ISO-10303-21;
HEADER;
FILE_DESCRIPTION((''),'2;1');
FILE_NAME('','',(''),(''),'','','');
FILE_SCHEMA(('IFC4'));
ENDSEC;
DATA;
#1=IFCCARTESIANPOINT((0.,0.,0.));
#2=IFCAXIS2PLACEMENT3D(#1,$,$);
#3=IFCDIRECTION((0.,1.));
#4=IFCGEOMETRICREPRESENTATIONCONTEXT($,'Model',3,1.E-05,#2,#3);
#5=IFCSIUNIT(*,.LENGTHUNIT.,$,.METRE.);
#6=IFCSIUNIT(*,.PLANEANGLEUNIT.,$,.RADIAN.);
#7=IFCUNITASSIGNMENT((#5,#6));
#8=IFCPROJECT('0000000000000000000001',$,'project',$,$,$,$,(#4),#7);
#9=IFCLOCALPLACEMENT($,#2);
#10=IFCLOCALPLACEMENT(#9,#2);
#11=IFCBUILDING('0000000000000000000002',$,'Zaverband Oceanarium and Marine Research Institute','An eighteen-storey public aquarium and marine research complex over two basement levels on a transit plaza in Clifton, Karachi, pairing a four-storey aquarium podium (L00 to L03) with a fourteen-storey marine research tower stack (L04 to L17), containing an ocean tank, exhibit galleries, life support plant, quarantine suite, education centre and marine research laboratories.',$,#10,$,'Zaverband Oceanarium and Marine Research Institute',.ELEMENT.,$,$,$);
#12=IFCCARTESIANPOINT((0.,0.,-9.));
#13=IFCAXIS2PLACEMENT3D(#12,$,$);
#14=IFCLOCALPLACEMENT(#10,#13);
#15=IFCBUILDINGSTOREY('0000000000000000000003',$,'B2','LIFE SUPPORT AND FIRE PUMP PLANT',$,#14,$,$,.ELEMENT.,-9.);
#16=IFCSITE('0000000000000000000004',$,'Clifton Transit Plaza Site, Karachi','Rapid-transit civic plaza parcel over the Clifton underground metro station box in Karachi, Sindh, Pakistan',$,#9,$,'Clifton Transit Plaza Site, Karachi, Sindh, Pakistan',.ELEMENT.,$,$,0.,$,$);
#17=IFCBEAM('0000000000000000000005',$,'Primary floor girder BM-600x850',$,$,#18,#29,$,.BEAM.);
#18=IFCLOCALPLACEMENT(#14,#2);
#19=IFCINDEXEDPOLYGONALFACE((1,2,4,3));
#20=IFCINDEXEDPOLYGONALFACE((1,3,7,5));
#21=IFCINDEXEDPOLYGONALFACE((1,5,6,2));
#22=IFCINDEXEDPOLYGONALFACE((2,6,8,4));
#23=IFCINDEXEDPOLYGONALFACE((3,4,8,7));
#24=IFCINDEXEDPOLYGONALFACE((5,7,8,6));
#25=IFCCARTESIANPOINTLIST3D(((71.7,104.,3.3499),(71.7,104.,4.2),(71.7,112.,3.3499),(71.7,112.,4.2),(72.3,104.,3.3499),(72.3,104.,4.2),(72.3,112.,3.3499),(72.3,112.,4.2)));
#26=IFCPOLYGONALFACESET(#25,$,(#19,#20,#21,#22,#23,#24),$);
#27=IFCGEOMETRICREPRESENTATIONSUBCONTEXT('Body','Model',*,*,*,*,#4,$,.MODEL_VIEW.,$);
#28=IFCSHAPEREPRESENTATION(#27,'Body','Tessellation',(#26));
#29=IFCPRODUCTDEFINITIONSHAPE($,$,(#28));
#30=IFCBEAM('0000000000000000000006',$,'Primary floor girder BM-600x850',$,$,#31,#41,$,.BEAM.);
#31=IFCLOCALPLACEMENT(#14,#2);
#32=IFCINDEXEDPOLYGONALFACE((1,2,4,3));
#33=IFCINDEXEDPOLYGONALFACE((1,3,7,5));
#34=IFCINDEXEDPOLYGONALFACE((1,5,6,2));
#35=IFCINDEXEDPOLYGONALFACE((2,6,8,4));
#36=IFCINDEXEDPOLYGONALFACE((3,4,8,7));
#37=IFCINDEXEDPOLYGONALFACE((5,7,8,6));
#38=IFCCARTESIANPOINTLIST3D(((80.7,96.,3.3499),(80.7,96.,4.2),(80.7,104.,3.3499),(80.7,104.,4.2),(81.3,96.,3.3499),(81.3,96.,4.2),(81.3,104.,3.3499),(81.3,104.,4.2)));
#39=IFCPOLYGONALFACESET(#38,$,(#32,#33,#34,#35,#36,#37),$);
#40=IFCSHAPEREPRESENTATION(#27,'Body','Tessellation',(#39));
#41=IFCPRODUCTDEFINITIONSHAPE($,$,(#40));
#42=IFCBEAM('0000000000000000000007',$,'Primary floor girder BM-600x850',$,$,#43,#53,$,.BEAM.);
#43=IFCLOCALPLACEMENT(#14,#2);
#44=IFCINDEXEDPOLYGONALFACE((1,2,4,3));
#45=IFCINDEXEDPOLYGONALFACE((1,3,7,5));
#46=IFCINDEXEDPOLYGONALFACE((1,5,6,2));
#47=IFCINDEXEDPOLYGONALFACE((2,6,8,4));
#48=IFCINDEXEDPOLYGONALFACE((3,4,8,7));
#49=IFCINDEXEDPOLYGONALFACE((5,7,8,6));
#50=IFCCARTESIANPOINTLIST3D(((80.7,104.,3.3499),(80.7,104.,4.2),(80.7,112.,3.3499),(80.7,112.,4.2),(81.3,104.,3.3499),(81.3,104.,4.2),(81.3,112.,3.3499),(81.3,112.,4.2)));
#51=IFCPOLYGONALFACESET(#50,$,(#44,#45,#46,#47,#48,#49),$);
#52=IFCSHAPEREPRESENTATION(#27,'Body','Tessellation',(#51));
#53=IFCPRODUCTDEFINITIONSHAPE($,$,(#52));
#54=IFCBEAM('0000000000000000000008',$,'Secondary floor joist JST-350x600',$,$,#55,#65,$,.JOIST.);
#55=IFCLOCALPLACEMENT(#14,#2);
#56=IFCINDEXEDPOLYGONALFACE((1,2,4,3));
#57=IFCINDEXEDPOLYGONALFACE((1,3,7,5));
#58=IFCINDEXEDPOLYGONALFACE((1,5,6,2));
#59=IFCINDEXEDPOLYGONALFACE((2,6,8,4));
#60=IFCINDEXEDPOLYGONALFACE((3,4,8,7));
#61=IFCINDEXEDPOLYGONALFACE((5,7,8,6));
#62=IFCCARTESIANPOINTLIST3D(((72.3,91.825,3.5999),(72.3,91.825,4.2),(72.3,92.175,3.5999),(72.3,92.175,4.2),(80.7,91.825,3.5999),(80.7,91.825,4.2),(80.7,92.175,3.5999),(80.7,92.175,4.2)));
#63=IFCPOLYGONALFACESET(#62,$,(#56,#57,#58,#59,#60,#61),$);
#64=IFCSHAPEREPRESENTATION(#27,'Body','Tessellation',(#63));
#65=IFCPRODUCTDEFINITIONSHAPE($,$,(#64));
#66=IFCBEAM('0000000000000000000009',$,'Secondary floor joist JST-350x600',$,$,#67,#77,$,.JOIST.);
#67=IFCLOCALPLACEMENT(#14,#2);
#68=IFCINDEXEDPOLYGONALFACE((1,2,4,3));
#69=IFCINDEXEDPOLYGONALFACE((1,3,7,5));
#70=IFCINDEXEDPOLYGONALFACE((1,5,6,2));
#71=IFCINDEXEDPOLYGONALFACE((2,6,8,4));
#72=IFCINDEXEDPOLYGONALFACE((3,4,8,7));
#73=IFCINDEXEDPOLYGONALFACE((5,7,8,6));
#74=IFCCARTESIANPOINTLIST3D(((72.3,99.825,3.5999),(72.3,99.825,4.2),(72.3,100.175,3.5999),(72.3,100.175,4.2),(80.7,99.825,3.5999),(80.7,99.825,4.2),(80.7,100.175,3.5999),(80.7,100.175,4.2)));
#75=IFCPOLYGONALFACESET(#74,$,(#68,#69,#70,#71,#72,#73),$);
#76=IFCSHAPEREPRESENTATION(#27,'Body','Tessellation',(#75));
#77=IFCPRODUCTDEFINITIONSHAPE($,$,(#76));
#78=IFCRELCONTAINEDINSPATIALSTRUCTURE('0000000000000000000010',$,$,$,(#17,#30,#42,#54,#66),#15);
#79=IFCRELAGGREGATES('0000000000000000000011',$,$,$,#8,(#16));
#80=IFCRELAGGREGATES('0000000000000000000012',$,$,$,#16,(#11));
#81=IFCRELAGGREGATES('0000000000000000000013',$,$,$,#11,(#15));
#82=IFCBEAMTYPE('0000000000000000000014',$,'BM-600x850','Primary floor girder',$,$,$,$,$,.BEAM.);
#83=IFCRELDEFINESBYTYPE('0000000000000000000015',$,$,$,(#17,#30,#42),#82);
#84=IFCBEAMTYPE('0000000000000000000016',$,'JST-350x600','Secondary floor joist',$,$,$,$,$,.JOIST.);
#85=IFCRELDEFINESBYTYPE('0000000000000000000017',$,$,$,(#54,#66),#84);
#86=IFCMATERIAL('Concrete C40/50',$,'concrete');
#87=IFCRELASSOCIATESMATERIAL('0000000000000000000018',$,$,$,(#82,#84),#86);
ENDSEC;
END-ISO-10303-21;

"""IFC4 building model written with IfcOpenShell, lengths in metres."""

from ifc_helpers import new_model, si_unit, direction, frame, origin, origin_2d, place, context, subcontext, project, spatial, rectangle, extrude, material, material_profile, profile_set, type_object, element, save


model = new_model("IFC4")

# Units and contexts
model_context = context("Model", 3, precision=1e-05, world=origin(), true_north=direction((0.0, 1.0)))
body_context = subcontext(model_context, "Body", "Model", "MODEL_VIEW")
ifc_project = project(units=[si_unit("LENGTHUNIT", "METRE"), si_unit("PLANEANGLEUNIT", "RADIAN")], contexts=[model_context])

# Site, building, storey
site_placement = place(None, origin())
site = spatial("IfcSite", under=ifc_project, at=site_placement, Name="Clifton Transit Plaza Site, Karachi", Description="Rapid-transit civic plaza parcel over the Clifton underground metro station box in Karachi, Sindh, Pakistan", LongName="Clifton Transit Plaza Site, Karachi, Sindh, Pakistan", CompositionType="ELEMENT", RefElevation=0.0)
building_placement = place(site_placement, origin())
building = spatial("IfcBuilding", under=site, at=building_placement, Name="Zaverband Oceanarium and Marine Research Institute", Description="An eighteen-storey public aquarium and marine research complex over two basement levels on a transit plaza in Clifton, Karachi, pairing a four-storey aquarium podium (L00 to L03) with a fourteen-storey marine research tower stack (L04 to L17), containing an ocean tank, exhibit galleries, life support plant, quarantine suite, education centre and marine research laboratories.", LongName="Zaverband Oceanarium and Marine Research Institute", CompositionType="ELEMENT")
storey_placement = place(building_placement, frame((0.0, 0.0, -9.0)))
storey = spatial("IfcBuildingStorey", under=building, at=storey_placement, Name="B2", Description="LIFE SUPPORT AND FIRE PUMP PLANT", CompositionType="ELEMENT", Elevation=-9.0)

# Beams
ifc_material_1 = material(Name="Concrete C40/50", Category="concrete")
ifc_material_profile_1 = material_profile(ifc_material_1, rectangle(XDim=0.6001, YDim=0.8501, at=origin_2d()), Name="RC600x850")
ifc_profile_set_1 = profile_set([ifc_material_profile_1], Name="Concrete C40/50")
beam_type_1 = type_object("IfcBeamType", Name="BM-600x850", Description="Primary floor girder", PredefinedType="BEAM", material=ifc_profile_set_1)
for number, where, z_axis, x_axis, name in (
    (1, (72.0, 104.0, 3.7749), (0.0, 1.0, 0.0), (-1.0, 0.0, 0.0), "Primary floor girder BM-600x850"),
    (2, (81.0, 96.0, 3.7749), (0.0, 1.0, 0.0), (-1.0, 0.0, 0.0), "Primary floor girder BM-600x850"),
    (3, (81.0, 104.0, 3.7749), (0.0, 1.0, 0.0), (-1.0, 0.0, 0.0), "Primary floor girder BM-600x850"),
):
    element("IfcBeam", number, at=place(storey_placement, frame(where, z_axis=z_axis, x_axis=x_axis)), inside=storey, type_object=beam_type_1, Name=name, PredefinedType="BEAM", context=body_context, shape_type="SweptSolid", body=[
        extrude(rectangle(XDim=0.6001, YDim=0.8501, at=origin_2d()), origin(), (0.0, 0.0, 1.0), 8.0),
    ])
ifc_material_profile_2 = material_profile(ifc_material_1, rectangle(XDim=0.3501, YDim=0.6001, at=origin_2d()), Name="RC350x600")
ifc_profile_set_2 = profile_set([ifc_material_profile_2], Name="Concrete C40/50")
beam_type_2 = type_object("IfcBeamType", Name="JST-350x600", Description="Secondary floor joist", PredefinedType="JOIST", material=ifc_profile_set_2)
for number, where, z_axis, x_axis, name in (
    (4, (72.3, 92.0, 3.8999), (1.0, 0.0, 0.0), (0.0, 1.0, 0.0), "Secondary floor joist JST-350x600"),
    (5, (72.3, 100.0, 3.8999), (1.0, 0.0, 0.0), (0.0, 1.0, 0.0), "Secondary floor joist JST-350x600"),
):
    element("IfcBeam", number, at=place(storey_placement, frame(where, z_axis=z_axis, x_axis=x_axis)), inside=storey, type_object=beam_type_2, Name=name, PredefinedType="JOIST", context=body_context, shape_type="SweptSolid", body=[
        extrude(rectangle(XDim=0.3501, YDim=0.6001, at=origin_2d()), origin(), (0.0, 0.0, 1.0), 8.3999),
    ])

save(model, "model.ifc")
